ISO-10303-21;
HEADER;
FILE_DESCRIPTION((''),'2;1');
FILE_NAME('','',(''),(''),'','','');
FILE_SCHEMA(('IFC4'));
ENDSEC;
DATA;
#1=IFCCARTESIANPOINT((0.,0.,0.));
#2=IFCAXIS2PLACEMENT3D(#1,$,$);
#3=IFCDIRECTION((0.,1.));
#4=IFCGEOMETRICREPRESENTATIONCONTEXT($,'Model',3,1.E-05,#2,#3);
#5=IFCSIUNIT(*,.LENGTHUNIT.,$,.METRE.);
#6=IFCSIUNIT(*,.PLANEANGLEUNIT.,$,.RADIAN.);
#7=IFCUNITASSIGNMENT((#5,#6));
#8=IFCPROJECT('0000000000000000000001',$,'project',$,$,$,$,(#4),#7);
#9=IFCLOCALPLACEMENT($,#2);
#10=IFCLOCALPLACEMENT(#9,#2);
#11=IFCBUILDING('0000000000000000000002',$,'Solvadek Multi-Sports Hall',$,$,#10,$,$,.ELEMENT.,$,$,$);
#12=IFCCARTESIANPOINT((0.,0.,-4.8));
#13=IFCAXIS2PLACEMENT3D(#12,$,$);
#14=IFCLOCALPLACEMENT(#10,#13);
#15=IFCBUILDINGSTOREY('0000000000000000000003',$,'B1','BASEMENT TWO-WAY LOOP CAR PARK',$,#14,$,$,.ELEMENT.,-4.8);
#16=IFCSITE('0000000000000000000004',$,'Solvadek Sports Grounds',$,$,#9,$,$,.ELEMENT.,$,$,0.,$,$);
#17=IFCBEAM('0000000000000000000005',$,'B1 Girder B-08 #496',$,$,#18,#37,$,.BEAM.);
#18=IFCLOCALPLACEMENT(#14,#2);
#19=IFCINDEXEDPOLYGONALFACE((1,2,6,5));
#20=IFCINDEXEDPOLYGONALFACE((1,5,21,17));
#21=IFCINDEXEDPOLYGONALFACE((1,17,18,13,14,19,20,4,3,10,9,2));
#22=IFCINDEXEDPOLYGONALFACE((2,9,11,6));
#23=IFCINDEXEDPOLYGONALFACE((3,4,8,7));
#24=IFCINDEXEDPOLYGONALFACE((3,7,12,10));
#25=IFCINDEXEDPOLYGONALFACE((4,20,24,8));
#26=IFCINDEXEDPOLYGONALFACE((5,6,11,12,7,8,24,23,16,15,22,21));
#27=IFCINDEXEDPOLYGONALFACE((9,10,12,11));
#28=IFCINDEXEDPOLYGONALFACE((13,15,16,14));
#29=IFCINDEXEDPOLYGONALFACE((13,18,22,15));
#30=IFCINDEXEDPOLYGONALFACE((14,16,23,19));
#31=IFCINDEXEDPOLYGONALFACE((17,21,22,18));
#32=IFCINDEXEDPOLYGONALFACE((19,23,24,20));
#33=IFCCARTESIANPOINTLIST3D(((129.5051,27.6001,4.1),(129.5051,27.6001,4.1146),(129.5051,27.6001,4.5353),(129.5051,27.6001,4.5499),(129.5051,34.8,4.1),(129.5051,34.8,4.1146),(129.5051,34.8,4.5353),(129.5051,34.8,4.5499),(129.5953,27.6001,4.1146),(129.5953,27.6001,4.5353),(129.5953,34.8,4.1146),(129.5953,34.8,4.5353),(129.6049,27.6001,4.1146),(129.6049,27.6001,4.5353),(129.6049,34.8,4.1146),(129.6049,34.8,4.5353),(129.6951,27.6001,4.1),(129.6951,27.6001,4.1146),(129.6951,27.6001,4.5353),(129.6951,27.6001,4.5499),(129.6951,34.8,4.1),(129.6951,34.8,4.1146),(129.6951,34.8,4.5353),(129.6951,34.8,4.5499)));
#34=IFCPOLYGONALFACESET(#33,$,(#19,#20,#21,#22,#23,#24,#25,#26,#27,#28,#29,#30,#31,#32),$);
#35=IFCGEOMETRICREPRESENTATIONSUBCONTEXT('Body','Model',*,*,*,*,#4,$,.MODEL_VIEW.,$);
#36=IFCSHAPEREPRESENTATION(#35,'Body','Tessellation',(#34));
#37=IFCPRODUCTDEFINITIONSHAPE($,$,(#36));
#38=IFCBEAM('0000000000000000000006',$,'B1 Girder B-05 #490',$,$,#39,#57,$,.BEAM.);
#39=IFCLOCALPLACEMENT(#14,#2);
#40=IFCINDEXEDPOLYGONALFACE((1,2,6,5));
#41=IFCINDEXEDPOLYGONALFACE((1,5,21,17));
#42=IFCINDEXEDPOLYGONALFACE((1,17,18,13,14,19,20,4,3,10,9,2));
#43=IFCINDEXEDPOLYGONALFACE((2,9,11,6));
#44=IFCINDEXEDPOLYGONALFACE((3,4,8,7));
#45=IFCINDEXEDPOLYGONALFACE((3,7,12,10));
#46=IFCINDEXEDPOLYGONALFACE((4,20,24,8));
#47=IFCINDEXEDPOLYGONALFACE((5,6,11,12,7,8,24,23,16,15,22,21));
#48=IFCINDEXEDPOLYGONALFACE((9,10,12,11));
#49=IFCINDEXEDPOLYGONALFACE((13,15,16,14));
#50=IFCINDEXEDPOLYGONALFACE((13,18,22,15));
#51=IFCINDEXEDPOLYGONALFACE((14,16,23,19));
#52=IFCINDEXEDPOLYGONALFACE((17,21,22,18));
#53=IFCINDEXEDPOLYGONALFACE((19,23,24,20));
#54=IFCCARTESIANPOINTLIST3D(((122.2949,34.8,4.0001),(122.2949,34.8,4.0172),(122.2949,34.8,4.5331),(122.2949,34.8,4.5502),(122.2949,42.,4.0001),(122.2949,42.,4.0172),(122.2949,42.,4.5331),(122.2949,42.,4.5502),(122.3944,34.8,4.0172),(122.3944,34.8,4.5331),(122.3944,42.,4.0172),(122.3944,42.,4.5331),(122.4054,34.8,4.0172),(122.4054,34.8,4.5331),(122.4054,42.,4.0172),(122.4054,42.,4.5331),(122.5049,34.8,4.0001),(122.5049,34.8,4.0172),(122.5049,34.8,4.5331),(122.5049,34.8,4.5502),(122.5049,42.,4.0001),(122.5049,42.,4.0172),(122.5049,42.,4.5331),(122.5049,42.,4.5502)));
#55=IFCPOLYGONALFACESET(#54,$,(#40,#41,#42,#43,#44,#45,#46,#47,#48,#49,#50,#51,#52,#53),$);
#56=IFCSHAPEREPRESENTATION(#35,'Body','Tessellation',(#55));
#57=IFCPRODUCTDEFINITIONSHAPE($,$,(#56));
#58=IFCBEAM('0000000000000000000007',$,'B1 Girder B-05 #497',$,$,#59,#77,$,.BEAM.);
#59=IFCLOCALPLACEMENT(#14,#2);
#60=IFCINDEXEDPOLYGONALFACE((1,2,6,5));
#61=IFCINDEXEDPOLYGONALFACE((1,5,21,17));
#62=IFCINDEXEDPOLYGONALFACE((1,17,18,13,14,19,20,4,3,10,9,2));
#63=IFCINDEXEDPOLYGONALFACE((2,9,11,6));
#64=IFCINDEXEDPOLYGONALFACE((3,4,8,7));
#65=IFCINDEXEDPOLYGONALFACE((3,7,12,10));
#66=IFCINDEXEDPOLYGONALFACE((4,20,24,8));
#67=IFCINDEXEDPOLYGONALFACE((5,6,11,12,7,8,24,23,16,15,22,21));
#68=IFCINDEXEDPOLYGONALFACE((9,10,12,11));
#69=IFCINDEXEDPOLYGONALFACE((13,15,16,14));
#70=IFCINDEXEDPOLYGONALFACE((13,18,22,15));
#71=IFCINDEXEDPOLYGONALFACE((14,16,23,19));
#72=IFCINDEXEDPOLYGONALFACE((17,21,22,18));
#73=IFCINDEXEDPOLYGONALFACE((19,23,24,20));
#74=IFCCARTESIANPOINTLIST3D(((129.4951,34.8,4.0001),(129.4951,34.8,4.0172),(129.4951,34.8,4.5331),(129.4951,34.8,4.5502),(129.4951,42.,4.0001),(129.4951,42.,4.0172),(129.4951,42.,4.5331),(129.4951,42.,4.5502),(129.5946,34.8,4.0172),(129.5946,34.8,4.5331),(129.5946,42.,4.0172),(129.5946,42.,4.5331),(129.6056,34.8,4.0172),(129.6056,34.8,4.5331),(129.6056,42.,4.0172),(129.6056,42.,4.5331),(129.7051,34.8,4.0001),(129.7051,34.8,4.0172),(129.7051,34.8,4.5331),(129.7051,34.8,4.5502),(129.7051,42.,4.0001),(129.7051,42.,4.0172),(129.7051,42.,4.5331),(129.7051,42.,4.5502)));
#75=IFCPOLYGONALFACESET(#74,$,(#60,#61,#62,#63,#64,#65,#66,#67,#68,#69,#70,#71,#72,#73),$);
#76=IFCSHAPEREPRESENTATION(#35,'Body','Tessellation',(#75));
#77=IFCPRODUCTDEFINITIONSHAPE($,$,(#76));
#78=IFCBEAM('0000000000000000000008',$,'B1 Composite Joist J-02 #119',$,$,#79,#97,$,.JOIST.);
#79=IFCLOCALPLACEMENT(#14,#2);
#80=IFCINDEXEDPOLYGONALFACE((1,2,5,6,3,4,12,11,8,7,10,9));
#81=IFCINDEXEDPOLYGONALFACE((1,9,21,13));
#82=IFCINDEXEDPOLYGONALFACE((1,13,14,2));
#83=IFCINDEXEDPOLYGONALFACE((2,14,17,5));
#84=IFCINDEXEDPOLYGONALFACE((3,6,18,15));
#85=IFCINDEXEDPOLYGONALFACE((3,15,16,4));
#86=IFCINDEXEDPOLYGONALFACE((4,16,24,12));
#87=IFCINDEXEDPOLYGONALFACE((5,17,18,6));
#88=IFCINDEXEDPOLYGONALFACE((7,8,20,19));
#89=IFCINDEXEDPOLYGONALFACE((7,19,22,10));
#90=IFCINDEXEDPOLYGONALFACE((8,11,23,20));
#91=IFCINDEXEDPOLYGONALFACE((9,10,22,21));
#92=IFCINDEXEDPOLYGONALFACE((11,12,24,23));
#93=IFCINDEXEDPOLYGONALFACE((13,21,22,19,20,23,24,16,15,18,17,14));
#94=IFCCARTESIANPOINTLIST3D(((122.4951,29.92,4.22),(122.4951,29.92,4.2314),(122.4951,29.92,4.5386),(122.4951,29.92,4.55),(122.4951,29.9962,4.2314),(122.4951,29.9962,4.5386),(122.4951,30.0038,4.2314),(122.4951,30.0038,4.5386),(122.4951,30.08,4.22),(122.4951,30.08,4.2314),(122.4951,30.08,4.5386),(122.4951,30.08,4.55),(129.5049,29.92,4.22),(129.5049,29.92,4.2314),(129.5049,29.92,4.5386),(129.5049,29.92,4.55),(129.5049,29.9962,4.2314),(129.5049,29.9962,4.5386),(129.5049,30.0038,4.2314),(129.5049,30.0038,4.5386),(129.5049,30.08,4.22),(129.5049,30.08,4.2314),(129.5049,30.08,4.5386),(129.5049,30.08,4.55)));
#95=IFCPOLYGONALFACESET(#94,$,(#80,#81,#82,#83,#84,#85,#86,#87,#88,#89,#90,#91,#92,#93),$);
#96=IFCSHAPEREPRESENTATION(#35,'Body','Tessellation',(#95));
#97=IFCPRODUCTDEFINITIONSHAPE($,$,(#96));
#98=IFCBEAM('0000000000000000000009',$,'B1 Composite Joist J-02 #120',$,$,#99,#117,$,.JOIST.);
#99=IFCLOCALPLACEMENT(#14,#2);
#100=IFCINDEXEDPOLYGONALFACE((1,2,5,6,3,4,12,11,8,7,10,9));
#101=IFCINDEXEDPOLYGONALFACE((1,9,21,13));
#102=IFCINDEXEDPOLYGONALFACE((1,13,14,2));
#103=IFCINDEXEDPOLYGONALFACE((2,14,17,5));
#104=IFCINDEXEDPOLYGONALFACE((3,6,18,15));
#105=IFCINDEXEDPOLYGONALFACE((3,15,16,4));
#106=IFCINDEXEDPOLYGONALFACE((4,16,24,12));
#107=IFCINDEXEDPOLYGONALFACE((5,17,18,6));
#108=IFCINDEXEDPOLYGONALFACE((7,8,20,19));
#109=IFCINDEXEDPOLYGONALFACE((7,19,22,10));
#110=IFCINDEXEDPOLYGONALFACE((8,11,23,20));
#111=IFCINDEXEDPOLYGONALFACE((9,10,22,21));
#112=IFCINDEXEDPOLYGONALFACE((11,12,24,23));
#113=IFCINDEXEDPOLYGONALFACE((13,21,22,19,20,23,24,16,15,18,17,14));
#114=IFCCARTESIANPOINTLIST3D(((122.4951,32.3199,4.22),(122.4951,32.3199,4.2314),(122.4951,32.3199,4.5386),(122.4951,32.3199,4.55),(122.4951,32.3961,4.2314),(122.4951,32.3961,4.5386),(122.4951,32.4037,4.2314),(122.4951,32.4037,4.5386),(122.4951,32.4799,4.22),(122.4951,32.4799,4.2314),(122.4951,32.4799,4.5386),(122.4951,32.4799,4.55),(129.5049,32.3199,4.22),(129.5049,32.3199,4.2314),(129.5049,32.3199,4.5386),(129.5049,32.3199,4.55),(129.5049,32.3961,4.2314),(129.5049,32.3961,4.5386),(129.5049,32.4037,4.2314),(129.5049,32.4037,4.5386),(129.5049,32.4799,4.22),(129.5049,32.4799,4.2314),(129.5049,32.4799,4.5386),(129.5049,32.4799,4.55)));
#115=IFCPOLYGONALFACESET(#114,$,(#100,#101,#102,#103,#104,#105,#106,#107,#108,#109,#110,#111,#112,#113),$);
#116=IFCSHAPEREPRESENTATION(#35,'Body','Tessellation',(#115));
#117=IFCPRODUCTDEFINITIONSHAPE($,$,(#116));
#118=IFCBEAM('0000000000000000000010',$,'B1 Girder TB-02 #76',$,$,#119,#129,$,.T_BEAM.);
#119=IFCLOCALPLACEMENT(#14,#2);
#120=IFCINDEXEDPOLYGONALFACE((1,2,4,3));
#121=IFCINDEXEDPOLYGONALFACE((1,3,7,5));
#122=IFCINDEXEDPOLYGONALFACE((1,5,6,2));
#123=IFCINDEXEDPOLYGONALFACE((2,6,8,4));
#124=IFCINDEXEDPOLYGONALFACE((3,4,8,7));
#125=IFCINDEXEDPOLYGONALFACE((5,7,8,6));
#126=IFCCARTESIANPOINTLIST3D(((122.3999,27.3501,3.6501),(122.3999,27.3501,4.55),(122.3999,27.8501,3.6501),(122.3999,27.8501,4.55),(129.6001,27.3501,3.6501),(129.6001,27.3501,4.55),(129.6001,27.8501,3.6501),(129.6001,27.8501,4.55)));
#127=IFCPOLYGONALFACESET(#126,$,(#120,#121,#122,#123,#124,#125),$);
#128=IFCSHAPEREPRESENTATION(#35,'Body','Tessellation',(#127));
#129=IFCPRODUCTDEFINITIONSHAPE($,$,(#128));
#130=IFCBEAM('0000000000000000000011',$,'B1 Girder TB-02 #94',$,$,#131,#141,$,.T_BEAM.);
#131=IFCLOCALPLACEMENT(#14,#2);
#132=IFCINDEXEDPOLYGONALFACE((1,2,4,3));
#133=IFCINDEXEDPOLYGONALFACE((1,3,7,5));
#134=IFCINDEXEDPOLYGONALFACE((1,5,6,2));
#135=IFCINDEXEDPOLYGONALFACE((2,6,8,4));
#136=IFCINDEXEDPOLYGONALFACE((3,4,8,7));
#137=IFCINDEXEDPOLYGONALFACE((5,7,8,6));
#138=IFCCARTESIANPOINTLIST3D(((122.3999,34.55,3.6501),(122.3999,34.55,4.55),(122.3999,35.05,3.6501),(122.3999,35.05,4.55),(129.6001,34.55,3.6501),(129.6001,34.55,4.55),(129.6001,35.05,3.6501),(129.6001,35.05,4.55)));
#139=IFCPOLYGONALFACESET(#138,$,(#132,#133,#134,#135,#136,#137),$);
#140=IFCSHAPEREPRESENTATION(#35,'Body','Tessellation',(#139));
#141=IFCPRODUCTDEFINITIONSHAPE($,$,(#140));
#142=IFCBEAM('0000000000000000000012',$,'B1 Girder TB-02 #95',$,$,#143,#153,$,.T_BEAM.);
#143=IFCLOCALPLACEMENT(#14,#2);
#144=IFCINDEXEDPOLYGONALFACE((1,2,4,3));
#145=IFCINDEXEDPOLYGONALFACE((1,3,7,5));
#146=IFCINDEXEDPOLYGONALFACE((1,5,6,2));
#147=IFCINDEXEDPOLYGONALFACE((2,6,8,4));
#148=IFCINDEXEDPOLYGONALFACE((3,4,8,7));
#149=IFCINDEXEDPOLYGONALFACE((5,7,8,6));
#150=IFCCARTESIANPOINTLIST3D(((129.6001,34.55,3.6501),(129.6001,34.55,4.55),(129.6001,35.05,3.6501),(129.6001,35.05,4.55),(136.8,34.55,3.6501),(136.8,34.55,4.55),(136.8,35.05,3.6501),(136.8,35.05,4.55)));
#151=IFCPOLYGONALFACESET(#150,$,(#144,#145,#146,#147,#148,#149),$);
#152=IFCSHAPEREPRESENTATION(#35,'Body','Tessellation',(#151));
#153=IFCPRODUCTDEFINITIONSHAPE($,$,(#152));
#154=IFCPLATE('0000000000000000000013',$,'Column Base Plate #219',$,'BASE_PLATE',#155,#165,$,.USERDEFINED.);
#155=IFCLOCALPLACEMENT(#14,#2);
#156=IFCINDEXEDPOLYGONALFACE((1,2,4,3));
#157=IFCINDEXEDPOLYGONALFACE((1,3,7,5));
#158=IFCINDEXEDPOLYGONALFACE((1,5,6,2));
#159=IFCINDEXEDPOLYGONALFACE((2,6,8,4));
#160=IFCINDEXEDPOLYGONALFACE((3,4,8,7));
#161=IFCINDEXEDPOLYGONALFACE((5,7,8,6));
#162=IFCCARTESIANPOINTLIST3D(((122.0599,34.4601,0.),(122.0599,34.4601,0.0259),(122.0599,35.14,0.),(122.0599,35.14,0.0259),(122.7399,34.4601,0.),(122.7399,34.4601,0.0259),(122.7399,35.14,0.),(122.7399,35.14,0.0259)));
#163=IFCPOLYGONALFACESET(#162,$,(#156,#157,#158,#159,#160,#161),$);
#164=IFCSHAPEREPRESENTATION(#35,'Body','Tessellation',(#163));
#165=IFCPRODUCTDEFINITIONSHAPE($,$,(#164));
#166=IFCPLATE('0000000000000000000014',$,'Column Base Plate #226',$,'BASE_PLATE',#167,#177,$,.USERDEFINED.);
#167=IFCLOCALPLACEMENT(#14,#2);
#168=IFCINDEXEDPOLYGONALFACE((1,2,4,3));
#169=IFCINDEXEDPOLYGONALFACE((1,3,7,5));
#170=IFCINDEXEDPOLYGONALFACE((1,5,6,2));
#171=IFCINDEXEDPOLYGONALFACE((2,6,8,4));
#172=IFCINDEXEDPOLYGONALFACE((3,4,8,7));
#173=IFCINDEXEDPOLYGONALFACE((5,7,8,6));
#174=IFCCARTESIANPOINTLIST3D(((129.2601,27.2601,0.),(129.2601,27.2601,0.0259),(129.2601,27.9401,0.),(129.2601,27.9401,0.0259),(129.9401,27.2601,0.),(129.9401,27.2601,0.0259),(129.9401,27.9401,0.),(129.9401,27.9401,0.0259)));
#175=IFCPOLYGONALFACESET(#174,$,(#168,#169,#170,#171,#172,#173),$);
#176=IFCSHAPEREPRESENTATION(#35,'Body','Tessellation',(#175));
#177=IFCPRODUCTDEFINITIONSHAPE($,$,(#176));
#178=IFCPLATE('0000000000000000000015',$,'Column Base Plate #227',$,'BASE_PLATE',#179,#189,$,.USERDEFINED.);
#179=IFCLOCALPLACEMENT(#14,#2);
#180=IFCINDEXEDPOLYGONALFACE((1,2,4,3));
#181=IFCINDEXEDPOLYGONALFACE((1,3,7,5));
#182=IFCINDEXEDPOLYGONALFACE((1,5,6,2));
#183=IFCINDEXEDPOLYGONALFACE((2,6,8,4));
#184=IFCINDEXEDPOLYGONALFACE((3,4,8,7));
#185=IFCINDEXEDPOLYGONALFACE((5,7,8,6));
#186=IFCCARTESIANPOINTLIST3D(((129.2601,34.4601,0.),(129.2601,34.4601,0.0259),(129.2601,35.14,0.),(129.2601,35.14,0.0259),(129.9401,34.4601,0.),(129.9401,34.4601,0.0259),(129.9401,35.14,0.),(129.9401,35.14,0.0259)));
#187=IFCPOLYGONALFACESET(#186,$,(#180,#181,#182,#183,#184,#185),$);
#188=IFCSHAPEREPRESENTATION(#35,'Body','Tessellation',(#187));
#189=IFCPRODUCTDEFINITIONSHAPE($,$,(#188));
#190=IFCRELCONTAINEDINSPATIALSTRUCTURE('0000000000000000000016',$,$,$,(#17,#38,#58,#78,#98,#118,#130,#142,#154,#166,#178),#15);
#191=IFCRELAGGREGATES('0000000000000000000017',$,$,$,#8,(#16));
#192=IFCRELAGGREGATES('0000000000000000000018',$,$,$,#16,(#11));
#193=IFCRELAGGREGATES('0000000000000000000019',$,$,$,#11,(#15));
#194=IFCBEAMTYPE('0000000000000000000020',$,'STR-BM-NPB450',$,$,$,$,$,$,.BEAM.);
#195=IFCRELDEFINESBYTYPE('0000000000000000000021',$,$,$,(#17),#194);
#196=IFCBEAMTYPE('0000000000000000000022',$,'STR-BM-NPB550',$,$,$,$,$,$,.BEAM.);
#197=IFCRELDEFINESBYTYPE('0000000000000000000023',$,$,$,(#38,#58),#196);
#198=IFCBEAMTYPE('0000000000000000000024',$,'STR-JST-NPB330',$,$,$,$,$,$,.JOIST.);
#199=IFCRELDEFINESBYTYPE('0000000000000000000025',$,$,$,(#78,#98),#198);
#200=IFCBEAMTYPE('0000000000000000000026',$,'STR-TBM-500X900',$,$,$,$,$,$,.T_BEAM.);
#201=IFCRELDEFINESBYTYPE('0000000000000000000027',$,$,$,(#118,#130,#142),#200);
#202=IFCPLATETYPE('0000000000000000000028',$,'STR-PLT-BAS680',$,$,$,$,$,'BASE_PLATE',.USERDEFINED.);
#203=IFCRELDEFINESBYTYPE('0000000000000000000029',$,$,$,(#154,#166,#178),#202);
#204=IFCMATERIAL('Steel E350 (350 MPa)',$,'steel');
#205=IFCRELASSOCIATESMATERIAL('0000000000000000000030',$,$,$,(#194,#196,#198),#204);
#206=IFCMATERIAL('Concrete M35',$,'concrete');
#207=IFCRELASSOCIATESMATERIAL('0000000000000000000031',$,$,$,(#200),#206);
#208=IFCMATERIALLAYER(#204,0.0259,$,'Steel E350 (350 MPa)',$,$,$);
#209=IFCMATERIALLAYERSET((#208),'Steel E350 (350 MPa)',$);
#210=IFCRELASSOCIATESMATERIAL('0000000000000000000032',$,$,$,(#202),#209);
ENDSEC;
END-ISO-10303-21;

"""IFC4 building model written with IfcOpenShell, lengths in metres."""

from ifc_helpers import new_model, si_unit, direction, frame, origin, origin_2d, place, context, subcontext, project, spatial, rectangle, i_section, extrude, material, layer, layer_set, material_profile, profile_set, type_object, element, save


model = new_model("IFC4")

# Units and contexts
model_context = context("Model", 3, precision=1e-05, world=origin(), true_north=direction((0.0, 1.0)))
body_context = subcontext(model_context, "Body", "Model", "MODEL_VIEW")
ifc_project = project(units=[si_unit("LENGTHUNIT", "METRE"), si_unit("PLANEANGLEUNIT", "RADIAN")], contexts=[model_context])

# Site, building, storey
site_placement = place(None, origin())
site = spatial("IfcSite", under=ifc_project, at=site_placement, Name="Solvadek Sports Grounds", CompositionType="ELEMENT", RefElevation=0.0)
building_placement = place(site_placement, origin())
building = spatial("IfcBuilding", under=site, at=building_placement, Name="Solvadek Multi-Sports Hall", CompositionType="ELEMENT")
storey_placement = place(building_placement, frame((0.0, 0.0, -4.8)))
storey = spatial("IfcBuildingStorey", under=building, at=storey_placement, Name="B1", Description="BASEMENT TWO-WAY LOOP CAR PARK", CompositionType="ELEMENT", Elevation=-4.8)

# Shared definitions
ifc_material_1 = material(Name="Concrete M35", Category="concrete")

# Shared definitions
ifc_material_2 = material(Name="Steel E350 (350 MPa)", Category="steel")

# Beams
ifc_material_profile_1 = material_profile(ifc_material_2, i_section(OverallWidth=0.1899, OverallDepth=0.45, WebThickness=0.0095, FlangeThickness=0.0146, at=origin_2d()), Name="NPB 450")
ifc_profile_set_1 = profile_set([ifc_material_profile_1], Name="Steel E350 (350 MPa)")
beam_type_1 = type_object("IfcBeamType", Name="STR-BM-NPB450", PredefinedType="BEAM", material=ifc_profile_set_1)
for number, where, z_axis, x_axis, name in (
    (1, (129.6001, 27.6001, 4.325), (0.0, 1.0, 0.0), (-1.0, 0.0, 0.0), "B1 Girder B-08 #496"),
):
    element("IfcBeam", number, at=place(storey_placement, frame(where, z_axis=z_axis, x_axis=x_axis)), inside=storey, type_object=beam_type_1, Name=name, PredefinedType="BEAM", context=body_context, shape_type="SweptSolid", body=[
        extrude(i_section(OverallWidth=0.1899, OverallDepth=0.45, WebThickness=0.0095, FlangeThickness=0.0146, at=origin_2d()), origin(), (0.0, 0.0, 1.0), 7.2),
    ])
ifc_material_profile_2 = material_profile(ifc_material_2, i_section(OverallWidth=0.21, OverallDepth=0.55, WebThickness=0.011, FlangeThickness=0.0171, at=origin_2d()), Name="NPB 550")
ifc_profile_set_2 = profile_set([ifc_material_profile_2], Name="Steel E350 (350 MPa)")
beam_type_2 = type_object("IfcBeamType", Name="STR-BM-NPB550", PredefinedType="BEAM", material=ifc_profile_set_2)
for number, where, z_axis, x_axis, name in (
    (2, (122.3999, 34.8, 4.2751), (0.0, 1.0, 0.0), (-1.0, 0.0, 0.0), "B1 Girder B-05 #490"),
    (3, (129.6001, 34.8, 4.2751), (0.0, 1.0, 0.0), (-1.0, 0.0, 0.0), "B1 Girder B-05 #497"),
):
    element("IfcBeam", number, at=place(storey_placement, frame(where, z_axis=z_axis, x_axis=x_axis)), inside=storey, type_object=beam_type_2, Name=name, PredefinedType="BEAM", context=body_context, shape_type="SweptSolid", body=[
        extrude(i_section(OverallWidth=0.21, OverallDepth=0.55, WebThickness=0.011, FlangeThickness=0.0171, at=origin_2d()), origin(), (0.0, 0.0, 1.0), 7.2),
    ])
ifc_material_profile_3 = material_profile(ifc_material_2, i_section(OverallWidth=0.1599, OverallDepth=0.3301, WebThickness=0.0076, FlangeThickness=0.0115, at=origin_2d()), Name="NPB 330")
ifc_profile_set_3 = profile_set([ifc_material_profile_3], Name="Steel E350 (350 MPa)")
beam_type_3 = type_object("IfcBeamType", Name="STR-JST-NPB330", PredefinedType="JOIST", material=ifc_profile_set_3)
for number, where, z_axis, x_axis, name in (
    (4, (122.4951, 30.0, 4.385), (1.0, 0.0, 0.0), (0.0, 1.0, 0.0), "B1 Composite Joist J-02 #119"),
    (5, (122.4951, 32.3999, 4.385), (1.0, 0.0, 0.0), (0.0, 1.0, 0.0), "B1 Composite Joist J-02 #120"),
):
    element("IfcBeam", number, at=place(storey_placement, frame(where, z_axis=z_axis, x_axis=x_axis)), inside=storey, type_object=beam_type_3, Name=name, PredefinedType="JOIST", context=body_context, shape_type="SweptSolid", body=[
        extrude(i_section(OverallWidth=0.1599, OverallDepth=0.3301, WebThickness=0.0076, FlangeThickness=0.0115, at=origin_2d()), origin(), (0.0, 0.0, 1.0), 7.0098),
    ])
ifc_material_profile_4 = material_profile(ifc_material_1, rectangle(XDim=0.5, YDim=0.8999, at=origin_2d()), Name="RC T-BEAM 500x900")
ifc_profile_set_4 = profile_set([ifc_material_profile_4], Name="Concrete M35")
beam_type_4 = type_object("IfcBeamType", Name="STR-TBM-500X900", PredefinedType="T_BEAM", material=ifc_profile_set_4)
for number, where, z_axis, x_axis, name in (
    (6, (122.3999, 27.6001, 4.1001), (1.0, 0.0, 0.0), (0.0, 1.0, 0.0), "B1 Girder TB-02 #76"),
    (7, (122.3999, 34.8, 4.1001), (1.0, 0.0, 0.0), (0.0, 1.0, 0.0), "B1 Girder TB-02 #94"),
):
    element("IfcBeam", number, at=place(storey_placement, frame(where, z_axis=z_axis, x_axis=x_axis)), inside=storey, type_object=beam_type_4, Name=name, PredefinedType="T_BEAM", context=body_context, shape_type="SweptSolid", body=[
        extrude(rectangle(XDim=0.5, YDim=0.8999, at=origin_2d()), origin(), (0.0, 0.0, 1.0), 7.2002),
    ])
beam_placement = place(storey_placement, frame((129.6001, 34.8, 4.1001), z_axis=(1.0, 0.0, 0.0), x_axis=(0.0, 1.0, 0.0)))
element("IfcBeam", 8, at=beam_placement, inside=storey, type_object=beam_type_4, Name="B1 Girder TB-02 #95", PredefinedType="T_BEAM", context=body_context, shape_type="SweptSolid", body=[
    extrude(rectangle(XDim=0.5, YDim=0.8999, at=origin_2d()), origin(), (0.0, 0.0, 1.0), 7.2),
])

# Plates
ifc_layer = layer(ifc_material_2, 0.0259, Name="Steel E350 (350 MPa)")
ifc_layer_set = layer_set([ifc_layer], Name="Steel E350 (350 MPa)")
plate_type = type_object("IfcPlateType", Name="STR-PLT-BAS680", ElementType="BASE_PLATE", PredefinedType="USERDEFINED", material=ifc_layer_set)
for number, where, z_axis, x_axis, name in (
    (9, (122.3999, 34.8, 0.0), (0.0, 0.0, 1.0), (1.0, 0.0, 0.0), "Column Base Plate #219"),
    (10, (129.6001, 27.6001, 0.0), (0.0, 0.0, 1.0), (1.0, 0.0, 0.0), "Column Base Plate #226"),
    (11, (129.6001, 34.8, 0.0), (0.0, 0.0, 1.0), (1.0, 0.0, 0.0), "Column Base Plate #227"),
):
    element("IfcPlate", number, at=place(storey_placement, frame(where, z_axis=z_axis, x_axis=x_axis)), inside=storey, type_object=plate_type, Name=name, ObjectType="BASE_PLATE", PredefinedType="USERDEFINED", context=body_context, shape_type="SweptSolid", body=[
        extrude(rectangle(XDim=0.6799, YDim=0.6799, at=origin_2d()), origin(), (0.0, 0.0, 1.0), 0.0259),
    ])

save(model, "model.ifc")
